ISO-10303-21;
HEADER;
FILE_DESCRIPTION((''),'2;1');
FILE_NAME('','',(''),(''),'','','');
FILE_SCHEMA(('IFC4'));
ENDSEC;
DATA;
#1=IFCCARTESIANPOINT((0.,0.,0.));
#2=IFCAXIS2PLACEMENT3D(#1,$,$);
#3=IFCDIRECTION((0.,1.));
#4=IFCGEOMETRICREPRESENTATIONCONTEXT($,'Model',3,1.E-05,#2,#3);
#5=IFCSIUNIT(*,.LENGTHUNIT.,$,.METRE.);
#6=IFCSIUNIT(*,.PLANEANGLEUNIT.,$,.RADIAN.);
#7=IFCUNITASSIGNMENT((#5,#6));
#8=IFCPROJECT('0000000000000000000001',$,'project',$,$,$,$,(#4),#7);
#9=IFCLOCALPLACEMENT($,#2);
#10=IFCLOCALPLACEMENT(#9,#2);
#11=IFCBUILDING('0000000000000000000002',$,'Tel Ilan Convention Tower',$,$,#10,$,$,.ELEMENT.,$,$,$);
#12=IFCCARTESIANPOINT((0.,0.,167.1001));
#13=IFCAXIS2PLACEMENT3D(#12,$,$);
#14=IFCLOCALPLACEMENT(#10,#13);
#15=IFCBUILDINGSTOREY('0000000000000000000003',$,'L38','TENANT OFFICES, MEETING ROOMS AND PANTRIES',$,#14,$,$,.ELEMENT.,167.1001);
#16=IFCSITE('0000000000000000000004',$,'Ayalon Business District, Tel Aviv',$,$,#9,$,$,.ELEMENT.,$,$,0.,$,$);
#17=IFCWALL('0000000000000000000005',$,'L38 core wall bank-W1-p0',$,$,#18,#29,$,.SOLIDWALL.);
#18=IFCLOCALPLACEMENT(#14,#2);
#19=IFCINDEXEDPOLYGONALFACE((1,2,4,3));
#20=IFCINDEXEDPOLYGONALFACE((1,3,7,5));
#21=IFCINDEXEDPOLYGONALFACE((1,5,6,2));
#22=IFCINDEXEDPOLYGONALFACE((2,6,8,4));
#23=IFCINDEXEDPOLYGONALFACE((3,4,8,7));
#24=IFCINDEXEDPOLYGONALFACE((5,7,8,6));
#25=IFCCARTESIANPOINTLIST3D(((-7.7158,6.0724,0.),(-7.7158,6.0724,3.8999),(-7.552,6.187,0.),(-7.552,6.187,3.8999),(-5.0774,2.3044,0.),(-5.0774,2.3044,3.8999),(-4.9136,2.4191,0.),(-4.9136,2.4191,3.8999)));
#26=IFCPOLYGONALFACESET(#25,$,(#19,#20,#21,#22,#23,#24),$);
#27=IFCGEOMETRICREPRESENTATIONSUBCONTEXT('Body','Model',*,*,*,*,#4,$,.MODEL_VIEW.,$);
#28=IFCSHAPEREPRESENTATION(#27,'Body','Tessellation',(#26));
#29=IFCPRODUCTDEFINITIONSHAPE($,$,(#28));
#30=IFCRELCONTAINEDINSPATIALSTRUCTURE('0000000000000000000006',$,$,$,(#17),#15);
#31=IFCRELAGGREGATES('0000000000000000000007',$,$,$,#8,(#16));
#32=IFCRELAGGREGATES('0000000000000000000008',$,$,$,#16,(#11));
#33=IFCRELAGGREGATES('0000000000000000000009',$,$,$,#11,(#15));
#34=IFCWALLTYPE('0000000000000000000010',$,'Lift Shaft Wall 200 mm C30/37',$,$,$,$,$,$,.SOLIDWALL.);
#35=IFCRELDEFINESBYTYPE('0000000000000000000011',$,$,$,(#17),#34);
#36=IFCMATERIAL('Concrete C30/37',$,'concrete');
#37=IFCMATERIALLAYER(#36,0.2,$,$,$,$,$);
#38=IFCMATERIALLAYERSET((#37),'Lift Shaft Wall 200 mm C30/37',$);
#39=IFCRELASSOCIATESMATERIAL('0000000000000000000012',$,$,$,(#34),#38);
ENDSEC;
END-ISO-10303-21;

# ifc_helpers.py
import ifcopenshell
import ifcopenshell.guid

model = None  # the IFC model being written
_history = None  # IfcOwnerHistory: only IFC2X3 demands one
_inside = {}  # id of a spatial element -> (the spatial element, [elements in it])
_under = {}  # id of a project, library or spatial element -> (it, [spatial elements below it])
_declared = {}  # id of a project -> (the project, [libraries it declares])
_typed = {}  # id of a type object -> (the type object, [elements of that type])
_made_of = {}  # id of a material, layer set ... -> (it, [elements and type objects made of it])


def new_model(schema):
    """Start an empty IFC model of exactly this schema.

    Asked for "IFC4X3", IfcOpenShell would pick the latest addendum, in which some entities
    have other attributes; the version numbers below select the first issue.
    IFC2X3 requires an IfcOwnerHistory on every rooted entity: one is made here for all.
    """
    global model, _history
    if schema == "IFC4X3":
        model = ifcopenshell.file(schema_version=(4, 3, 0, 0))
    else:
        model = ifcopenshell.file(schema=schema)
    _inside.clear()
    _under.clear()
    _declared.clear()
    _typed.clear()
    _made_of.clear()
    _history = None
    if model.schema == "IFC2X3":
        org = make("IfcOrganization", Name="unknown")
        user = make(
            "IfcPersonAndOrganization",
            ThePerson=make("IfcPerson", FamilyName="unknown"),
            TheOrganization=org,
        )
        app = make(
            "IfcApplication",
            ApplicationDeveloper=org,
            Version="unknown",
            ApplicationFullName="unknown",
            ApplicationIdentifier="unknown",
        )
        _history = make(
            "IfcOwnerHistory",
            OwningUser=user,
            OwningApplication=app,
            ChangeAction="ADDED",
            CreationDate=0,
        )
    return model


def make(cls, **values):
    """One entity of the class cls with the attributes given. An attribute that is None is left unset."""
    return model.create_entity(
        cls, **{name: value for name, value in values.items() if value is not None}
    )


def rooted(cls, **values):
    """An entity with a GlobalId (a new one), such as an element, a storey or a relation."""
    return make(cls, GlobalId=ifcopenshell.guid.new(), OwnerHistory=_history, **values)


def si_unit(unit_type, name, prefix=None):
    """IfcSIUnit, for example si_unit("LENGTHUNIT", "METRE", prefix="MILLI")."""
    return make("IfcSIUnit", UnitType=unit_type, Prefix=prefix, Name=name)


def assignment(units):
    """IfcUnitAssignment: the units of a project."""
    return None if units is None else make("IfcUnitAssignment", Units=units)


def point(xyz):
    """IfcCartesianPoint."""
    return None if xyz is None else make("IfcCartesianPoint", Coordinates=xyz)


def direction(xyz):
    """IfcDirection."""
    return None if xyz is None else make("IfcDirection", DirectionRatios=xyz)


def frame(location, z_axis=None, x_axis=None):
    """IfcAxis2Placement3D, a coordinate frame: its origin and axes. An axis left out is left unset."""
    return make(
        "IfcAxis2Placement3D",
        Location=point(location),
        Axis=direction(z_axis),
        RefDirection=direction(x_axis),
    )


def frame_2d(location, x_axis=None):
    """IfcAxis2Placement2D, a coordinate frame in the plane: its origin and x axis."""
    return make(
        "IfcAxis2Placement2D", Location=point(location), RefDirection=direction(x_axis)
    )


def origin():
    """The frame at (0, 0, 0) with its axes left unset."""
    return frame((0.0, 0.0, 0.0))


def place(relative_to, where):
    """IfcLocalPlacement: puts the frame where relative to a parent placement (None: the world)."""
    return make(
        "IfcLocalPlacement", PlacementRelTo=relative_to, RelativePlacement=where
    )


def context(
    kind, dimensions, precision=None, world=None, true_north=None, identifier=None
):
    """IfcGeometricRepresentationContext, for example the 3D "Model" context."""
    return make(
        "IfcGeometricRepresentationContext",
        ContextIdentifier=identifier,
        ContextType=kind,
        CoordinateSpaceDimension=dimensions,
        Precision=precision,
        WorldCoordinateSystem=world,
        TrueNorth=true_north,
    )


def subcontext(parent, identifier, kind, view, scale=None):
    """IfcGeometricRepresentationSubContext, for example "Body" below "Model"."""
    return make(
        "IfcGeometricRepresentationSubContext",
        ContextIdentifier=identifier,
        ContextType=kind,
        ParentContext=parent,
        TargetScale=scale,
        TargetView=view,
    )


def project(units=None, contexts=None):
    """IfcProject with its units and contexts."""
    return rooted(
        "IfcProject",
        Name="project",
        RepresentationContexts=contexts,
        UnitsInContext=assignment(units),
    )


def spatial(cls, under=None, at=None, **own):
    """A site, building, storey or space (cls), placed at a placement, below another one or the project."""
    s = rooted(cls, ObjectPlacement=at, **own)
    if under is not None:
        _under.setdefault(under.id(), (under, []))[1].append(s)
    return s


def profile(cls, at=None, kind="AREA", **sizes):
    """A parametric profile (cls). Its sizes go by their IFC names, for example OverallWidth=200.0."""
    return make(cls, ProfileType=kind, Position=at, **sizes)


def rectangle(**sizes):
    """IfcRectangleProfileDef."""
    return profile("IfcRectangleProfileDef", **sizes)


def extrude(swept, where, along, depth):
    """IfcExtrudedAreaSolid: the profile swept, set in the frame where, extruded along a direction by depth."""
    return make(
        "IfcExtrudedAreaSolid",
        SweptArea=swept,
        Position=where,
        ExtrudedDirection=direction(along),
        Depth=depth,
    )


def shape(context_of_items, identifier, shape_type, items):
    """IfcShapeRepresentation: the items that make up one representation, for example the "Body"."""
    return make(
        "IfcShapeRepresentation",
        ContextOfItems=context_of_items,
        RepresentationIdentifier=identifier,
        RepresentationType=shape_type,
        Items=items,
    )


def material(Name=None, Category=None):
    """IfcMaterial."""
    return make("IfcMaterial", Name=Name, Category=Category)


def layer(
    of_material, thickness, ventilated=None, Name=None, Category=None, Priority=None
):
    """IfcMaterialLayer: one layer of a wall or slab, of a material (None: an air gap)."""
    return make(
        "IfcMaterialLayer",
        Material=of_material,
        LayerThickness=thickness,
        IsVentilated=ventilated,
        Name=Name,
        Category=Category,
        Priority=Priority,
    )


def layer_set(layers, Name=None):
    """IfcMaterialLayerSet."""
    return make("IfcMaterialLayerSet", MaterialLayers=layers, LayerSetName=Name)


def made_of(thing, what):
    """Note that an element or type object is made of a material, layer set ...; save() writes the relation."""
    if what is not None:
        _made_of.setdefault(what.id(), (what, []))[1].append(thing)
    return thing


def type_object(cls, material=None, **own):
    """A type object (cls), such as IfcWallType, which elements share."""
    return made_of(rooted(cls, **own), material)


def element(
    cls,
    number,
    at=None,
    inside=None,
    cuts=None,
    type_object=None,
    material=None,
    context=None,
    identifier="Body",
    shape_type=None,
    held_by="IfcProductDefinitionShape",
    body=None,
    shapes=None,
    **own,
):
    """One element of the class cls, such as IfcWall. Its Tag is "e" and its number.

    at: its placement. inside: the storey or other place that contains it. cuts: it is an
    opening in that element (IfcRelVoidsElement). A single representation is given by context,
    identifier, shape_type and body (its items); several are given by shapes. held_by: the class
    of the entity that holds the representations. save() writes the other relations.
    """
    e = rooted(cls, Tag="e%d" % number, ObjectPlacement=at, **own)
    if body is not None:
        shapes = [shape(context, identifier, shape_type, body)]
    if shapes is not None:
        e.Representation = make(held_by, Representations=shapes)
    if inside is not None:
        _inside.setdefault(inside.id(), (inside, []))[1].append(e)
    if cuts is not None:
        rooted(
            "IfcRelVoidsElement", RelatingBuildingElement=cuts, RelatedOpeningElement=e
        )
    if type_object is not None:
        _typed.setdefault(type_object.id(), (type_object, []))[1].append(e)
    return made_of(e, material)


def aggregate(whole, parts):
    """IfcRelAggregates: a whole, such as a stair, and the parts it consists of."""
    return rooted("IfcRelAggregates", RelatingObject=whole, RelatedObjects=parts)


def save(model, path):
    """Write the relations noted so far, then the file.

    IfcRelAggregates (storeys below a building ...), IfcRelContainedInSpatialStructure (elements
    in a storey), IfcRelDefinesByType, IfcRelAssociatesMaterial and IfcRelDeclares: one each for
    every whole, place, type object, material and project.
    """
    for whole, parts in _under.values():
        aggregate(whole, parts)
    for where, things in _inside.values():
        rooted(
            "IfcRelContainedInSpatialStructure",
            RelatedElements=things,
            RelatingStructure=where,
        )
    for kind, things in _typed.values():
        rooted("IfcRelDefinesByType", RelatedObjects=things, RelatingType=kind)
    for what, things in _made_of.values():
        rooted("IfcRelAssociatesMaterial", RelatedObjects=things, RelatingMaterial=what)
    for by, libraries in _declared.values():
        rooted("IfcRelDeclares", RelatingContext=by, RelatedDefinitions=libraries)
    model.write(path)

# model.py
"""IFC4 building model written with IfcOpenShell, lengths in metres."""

from ifc_helpers import new_model, si_unit, direction, frame, frame_2d, origin, place, context, subcontext, project, spatial, rectangle, extrude, material, layer, layer_set, type_object, element, save


model = new_model("IFC4")

# Units and contexts
model_context = context("Model", 3, precision=1e-05, world=origin(), true_north=direction((0.0, 1.0)))
body_context = subcontext(model_context, "Body", "Model", "MODEL_VIEW")
ifc_project = project(units=[si_unit("LENGTHUNIT", "METRE"), si_unit("PLANEANGLEUNIT", "RADIAN")], contexts=[model_context])

# Site, building, storey
site_placement = place(None, origin())
site = spatial("IfcSite", under=ifc_project, at=site_placement, Name="Ayalon Business District, Tel Aviv", CompositionType="ELEMENT", RefElevation=0.0)
building_placement = place(site_placement, origin())
building = spatial("IfcBuilding", under=site, at=building_placement, Name="Tel Ilan Convention Tower", CompositionType="ELEMENT")
storey_placement = place(building_placement, frame((0.0, 0.0, 167.1001)))
storey = spatial("IfcBuildingStorey", under=building, at=storey_placement, Name="L38", Description="TENANT OFFICES, MEETING ROOMS AND PANTRIES", CompositionType="ELEMENT", Elevation=167.1001)

# Wall
ifc_material_1 = material(Name="Concrete C30/37", Category="concrete")
ifc_layer_1 = layer(ifc_material_1, 0.2)
ifc_layer_set_1 = layer_set([ifc_layer_1], Name="Lift Shaft Wall 200 mm C30/37")
wall_type_1 = type_object("IfcWallType", Name="Lift Shaft Wall 200 mm C30/37", PredefinedType="SOLIDWALL", material=ifc_layer_set_1)
wall_1_placement = place(storey_placement, frame((-4.9956, 2.3618, 0.0), z_axis=(0.0, 0.0, 1.0), x_axis=(-0.573576, 0.819152, 0.0)))
element("IfcWall", 1, at=wall_1_placement, inside=storey, type_object=wall_type_1, Name="L38 core wall bank-W1-p0", PredefinedType="SOLIDWALL", context=body_context, shape_type="SweptSolid", body=[
    extrude(rectangle(XDim=4.5999, YDim=0.2, at=frame_2d((2.2998, 0.0))), origin(), (0.0, 0.0, 1.0), 3.8999),
])

save(model, "model.ifc")
